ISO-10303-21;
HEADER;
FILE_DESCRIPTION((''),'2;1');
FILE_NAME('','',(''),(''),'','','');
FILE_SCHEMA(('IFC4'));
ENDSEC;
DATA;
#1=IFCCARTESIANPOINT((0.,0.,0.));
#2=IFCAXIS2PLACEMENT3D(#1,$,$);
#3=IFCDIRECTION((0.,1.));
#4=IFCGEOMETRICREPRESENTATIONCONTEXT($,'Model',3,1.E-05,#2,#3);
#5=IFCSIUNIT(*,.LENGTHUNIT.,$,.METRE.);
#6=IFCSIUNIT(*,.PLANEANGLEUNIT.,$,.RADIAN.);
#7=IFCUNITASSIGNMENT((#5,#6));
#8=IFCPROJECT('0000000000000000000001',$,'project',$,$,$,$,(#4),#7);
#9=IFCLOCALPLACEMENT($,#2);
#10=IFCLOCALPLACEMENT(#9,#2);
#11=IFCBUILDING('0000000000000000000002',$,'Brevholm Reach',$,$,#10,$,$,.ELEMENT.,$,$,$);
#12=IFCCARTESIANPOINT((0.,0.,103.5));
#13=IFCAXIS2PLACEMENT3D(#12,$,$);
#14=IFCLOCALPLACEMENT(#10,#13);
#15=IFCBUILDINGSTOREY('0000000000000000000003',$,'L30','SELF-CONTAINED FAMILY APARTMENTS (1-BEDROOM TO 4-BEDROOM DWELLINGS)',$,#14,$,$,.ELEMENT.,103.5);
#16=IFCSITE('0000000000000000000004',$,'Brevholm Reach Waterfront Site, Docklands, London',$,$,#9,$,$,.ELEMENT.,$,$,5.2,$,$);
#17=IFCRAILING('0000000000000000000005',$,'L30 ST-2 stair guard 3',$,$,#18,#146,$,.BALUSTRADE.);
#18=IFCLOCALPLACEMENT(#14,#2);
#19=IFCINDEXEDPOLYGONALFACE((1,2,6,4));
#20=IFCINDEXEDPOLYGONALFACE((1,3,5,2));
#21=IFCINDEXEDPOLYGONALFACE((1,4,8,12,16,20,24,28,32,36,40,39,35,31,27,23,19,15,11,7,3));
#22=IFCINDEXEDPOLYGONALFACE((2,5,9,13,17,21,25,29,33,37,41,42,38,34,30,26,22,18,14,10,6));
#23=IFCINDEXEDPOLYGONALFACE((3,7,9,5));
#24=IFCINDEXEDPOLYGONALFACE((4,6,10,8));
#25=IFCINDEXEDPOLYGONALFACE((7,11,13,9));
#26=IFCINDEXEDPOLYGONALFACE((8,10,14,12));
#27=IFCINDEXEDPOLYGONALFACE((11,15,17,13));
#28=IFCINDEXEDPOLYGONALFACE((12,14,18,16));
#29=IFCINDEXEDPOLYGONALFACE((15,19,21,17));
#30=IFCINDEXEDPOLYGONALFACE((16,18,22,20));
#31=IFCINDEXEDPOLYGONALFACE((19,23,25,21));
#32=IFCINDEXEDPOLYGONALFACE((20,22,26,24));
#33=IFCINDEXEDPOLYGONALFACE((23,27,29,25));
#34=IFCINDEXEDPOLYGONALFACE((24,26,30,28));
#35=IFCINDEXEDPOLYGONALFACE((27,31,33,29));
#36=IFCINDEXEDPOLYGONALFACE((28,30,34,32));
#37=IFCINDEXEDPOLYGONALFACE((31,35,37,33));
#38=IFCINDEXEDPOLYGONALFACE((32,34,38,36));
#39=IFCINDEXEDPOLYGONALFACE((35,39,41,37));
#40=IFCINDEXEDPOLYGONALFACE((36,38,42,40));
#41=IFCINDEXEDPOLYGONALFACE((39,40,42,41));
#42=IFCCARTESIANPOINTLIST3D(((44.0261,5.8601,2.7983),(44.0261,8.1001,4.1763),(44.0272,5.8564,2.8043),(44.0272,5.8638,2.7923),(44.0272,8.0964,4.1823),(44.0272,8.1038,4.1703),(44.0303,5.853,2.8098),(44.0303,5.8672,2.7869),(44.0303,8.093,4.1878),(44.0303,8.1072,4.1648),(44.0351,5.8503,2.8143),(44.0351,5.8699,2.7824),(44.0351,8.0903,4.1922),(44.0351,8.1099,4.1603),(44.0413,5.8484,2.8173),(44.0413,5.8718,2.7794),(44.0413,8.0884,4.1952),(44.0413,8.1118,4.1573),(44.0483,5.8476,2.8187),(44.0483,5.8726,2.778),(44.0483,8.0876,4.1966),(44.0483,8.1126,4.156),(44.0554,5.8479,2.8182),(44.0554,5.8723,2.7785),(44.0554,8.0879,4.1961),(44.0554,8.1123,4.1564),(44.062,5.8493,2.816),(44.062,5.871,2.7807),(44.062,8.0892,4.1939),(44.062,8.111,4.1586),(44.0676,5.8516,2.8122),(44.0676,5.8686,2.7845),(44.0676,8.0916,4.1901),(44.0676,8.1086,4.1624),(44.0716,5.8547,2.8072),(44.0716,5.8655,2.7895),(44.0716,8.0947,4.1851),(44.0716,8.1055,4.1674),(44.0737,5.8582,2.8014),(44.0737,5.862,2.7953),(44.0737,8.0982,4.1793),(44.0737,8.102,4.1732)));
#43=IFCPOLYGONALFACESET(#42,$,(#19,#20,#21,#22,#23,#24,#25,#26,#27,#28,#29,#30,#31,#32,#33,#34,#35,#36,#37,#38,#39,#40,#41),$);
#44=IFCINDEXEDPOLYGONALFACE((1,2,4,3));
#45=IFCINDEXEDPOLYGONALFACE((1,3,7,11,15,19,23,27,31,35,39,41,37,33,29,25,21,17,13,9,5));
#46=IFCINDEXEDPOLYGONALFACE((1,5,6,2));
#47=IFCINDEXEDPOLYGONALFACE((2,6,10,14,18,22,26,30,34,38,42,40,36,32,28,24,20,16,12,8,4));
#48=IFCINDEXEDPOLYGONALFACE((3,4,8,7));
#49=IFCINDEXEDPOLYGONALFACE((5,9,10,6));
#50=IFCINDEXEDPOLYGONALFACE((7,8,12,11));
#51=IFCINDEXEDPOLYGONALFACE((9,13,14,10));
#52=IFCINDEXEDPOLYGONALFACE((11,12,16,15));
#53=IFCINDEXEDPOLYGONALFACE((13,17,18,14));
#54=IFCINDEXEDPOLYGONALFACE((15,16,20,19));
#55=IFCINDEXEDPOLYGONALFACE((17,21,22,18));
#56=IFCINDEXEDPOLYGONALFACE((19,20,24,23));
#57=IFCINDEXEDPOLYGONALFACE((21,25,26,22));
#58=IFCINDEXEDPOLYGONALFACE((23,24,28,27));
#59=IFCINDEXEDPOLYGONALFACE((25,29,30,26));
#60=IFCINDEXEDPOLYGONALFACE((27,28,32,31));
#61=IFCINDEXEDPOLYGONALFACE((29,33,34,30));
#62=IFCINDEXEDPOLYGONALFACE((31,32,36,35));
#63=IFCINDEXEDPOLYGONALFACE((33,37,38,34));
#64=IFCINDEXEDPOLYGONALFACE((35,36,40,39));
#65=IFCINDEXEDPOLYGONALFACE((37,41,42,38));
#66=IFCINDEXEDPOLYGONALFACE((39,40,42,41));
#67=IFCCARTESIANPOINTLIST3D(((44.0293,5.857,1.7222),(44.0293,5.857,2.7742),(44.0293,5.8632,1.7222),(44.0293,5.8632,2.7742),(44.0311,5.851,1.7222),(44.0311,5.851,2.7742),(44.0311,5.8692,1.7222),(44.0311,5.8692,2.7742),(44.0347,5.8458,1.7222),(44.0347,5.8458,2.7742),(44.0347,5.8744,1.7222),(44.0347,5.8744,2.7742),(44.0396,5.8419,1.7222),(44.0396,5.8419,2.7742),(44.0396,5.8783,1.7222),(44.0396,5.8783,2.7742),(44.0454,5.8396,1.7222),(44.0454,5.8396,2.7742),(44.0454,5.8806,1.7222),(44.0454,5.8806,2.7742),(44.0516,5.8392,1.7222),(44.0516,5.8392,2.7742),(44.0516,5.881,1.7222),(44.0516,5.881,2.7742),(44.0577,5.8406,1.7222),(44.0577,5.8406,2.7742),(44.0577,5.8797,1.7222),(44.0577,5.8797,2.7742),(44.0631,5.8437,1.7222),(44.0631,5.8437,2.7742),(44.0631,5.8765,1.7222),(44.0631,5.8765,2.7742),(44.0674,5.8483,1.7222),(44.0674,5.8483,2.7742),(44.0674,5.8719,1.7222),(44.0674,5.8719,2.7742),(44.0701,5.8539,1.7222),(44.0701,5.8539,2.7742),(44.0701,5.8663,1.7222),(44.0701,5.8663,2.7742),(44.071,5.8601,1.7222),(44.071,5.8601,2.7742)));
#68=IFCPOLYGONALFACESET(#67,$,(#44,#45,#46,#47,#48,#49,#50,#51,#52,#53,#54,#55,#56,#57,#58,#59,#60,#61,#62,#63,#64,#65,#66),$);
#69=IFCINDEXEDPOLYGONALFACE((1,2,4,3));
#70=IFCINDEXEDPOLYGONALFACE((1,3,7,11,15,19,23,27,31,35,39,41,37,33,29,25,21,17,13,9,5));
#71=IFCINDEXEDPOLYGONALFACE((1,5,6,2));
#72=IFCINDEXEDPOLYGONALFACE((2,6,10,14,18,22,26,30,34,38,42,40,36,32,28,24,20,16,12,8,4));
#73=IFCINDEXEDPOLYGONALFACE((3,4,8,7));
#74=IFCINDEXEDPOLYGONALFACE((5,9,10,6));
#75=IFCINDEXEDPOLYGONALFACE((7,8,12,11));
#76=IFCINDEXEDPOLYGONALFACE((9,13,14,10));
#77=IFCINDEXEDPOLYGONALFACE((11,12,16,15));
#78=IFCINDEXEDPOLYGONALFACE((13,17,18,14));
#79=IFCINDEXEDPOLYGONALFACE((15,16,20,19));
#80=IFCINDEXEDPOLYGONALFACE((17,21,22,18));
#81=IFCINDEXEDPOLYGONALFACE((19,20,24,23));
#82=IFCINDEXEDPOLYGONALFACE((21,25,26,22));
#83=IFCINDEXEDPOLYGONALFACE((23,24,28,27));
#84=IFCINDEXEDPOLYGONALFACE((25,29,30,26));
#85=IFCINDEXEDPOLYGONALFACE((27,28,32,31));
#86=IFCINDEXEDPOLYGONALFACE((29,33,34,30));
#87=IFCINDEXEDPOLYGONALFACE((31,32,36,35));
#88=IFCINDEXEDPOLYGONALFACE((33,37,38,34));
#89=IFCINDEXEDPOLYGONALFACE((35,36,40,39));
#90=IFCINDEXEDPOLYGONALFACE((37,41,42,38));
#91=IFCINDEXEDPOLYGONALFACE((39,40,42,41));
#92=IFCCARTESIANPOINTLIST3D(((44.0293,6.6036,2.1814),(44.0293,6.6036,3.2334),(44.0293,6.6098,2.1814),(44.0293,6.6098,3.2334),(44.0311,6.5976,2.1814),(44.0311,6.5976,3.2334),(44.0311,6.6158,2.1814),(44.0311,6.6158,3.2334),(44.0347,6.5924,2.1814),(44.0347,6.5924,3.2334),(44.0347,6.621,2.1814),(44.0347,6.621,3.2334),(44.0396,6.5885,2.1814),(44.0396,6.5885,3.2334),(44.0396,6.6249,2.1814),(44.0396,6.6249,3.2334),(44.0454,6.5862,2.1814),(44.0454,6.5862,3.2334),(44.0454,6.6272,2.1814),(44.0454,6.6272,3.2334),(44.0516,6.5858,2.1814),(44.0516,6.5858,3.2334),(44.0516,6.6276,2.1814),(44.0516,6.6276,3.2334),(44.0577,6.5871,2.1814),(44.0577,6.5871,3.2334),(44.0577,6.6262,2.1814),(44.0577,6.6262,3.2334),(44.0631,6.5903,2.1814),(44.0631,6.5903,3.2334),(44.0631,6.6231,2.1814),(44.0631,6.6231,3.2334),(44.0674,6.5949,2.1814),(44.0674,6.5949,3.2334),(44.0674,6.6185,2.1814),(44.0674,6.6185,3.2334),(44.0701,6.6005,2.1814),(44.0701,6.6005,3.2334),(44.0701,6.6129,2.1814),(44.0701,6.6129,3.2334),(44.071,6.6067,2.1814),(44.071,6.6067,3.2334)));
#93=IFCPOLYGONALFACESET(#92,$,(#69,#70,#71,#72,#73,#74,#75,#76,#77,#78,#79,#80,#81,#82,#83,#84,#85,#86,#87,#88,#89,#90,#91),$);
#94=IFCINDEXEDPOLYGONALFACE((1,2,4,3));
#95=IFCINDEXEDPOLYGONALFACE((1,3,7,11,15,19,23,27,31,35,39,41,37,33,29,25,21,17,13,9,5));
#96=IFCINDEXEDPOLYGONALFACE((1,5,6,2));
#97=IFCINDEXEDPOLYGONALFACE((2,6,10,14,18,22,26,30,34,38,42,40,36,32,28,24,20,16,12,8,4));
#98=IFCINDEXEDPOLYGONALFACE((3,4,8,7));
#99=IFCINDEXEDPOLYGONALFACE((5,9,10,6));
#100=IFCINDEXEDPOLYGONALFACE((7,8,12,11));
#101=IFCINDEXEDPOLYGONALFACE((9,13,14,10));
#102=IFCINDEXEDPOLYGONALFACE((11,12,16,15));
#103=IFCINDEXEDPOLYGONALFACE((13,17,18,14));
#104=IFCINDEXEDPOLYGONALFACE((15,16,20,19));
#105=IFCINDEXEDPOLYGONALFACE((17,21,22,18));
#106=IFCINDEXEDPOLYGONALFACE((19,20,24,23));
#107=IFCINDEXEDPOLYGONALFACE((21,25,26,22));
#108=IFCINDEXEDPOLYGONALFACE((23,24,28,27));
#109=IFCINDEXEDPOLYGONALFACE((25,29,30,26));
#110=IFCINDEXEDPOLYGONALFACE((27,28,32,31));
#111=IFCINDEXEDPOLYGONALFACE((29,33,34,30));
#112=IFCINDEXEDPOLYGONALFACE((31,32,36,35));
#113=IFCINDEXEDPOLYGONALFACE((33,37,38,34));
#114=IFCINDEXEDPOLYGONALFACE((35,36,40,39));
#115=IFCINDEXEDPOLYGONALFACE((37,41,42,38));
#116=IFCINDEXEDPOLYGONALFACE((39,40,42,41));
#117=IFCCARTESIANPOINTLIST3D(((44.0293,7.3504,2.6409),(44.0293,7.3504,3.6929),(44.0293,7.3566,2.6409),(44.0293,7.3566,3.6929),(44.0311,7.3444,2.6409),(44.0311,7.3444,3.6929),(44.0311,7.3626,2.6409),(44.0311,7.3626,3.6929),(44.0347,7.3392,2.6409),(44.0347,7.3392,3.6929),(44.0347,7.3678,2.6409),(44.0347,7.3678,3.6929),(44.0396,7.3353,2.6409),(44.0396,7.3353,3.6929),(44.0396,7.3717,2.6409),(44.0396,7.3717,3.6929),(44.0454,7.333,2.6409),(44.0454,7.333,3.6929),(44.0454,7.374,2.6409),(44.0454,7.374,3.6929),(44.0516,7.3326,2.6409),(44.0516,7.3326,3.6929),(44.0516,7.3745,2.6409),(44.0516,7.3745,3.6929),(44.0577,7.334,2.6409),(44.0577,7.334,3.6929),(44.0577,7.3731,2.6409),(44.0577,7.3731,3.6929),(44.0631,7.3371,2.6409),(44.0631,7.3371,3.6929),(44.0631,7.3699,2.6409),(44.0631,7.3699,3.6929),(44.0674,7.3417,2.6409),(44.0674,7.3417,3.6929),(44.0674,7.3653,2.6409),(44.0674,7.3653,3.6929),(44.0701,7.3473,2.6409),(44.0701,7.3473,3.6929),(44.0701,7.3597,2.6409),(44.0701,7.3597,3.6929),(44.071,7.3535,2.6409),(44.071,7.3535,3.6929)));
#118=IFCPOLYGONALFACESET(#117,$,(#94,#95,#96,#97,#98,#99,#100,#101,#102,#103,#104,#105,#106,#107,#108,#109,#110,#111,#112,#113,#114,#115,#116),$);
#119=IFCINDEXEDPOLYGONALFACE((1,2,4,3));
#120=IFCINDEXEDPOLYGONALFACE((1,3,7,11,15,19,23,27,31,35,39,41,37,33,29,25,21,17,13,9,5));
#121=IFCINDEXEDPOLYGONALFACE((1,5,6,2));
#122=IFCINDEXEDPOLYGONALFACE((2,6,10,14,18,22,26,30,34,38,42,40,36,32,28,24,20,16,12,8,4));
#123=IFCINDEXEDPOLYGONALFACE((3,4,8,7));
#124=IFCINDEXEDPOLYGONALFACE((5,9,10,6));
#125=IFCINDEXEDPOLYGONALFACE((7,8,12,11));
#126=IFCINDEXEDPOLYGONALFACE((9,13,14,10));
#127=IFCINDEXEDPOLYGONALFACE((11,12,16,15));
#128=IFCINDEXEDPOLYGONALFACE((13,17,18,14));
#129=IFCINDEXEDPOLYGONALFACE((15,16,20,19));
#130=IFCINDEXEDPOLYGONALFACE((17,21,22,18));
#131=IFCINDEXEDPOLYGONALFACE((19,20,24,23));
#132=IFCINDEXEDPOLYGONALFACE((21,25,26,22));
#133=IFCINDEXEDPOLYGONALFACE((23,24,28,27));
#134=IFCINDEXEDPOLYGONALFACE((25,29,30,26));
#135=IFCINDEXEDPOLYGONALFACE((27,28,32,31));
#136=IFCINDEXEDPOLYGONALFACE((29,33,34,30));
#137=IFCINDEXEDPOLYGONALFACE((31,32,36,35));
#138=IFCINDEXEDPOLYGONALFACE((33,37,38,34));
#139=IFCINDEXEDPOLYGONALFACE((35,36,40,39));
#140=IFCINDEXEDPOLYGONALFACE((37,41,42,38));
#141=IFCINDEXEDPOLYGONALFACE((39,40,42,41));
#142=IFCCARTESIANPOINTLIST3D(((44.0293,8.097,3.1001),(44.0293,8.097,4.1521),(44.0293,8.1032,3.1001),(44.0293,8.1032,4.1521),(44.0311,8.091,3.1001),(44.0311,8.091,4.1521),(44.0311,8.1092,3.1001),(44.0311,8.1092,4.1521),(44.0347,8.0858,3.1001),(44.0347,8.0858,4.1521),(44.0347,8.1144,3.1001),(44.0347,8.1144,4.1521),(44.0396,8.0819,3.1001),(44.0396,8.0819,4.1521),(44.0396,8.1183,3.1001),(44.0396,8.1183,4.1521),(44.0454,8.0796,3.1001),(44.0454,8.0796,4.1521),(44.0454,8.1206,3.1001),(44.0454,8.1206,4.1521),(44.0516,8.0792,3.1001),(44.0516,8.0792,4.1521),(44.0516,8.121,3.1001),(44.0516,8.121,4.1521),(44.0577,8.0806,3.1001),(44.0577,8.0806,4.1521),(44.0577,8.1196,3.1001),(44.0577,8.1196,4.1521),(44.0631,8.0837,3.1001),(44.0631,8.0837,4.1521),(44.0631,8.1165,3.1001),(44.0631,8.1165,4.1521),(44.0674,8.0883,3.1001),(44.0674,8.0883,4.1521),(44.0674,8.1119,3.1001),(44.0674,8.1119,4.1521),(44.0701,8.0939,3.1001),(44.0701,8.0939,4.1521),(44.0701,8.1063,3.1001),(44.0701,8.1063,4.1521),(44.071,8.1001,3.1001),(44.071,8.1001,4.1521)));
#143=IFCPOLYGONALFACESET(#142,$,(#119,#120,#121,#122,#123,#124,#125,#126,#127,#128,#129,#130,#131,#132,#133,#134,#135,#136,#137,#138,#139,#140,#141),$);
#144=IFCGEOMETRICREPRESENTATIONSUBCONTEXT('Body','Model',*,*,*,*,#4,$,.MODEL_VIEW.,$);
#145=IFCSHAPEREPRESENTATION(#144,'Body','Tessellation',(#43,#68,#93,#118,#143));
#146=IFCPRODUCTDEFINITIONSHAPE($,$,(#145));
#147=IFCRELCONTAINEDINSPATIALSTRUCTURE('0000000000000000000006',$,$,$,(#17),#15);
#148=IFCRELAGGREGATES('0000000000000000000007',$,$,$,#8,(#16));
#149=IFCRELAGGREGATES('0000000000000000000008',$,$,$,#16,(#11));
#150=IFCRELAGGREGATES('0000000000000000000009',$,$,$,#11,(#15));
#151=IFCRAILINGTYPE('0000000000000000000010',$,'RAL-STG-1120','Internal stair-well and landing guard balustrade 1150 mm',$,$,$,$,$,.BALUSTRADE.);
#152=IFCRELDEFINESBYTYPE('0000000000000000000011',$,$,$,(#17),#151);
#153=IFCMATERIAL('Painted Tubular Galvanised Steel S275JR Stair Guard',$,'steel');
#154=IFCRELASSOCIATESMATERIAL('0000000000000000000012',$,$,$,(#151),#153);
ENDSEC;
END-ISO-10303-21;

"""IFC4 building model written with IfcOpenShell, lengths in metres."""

from ifc_helpers import new_model, si_unit, direction, frame, origin, origin_2d, place, context, subcontext, project, spatial, circle, extrude, material, type_object, element, save


model = new_model("IFC4")

# Units and contexts
model_context = context("Model", 3, precision=1e-05, world=origin(), true_north=direction((0.0, 1.0)))
body_context = subcontext(model_context, "Body", "Model", "MODEL_VIEW")
ifc_project = project(units=[si_unit("LENGTHUNIT", "METRE"), si_unit("PLANEANGLEUNIT", "RADIAN")], contexts=[model_context])

# Site, building, storey
site_placement = place(None, origin())
site = spatial("IfcSite", under=ifc_project, at=site_placement, Name="Brevholm Reach Waterfront Site, Docklands, London", CompositionType="ELEMENT", RefElevation=5.2)
building_placement = place(site_placement, origin())
building = spatial("IfcBuilding", under=site, at=building_placement, Name="Brevholm Reach", CompositionType="ELEMENT")
storey_placement = place(building_placement, frame((0.0, 0.0, 103.5)))
storey = spatial("IfcBuildingStorey", under=building, at=storey_placement, Name="L30", Description="SELF-CONTAINED FAMILY APARTMENTS (1-BEDROOM TO 4-BEDROOM DWELLINGS)", CompositionType="ELEMENT", Elevation=103.5)

# Railing
ifc_material_1 = material(Name="Painted Tubular Galvanised Steel S275JR Stair Guard", Category="steel")
railing_type_1 = type_object("IfcRailingType", Name="RAL-STG-1120", Description="Internal stair-well and landing guard balustrade 1150 mm", PredefinedType="BALUSTRADE", material=ifc_material_1)
railing_1_placement = place(storey_placement, frame((44.05, 5.8601, 1.7222)))
element("IfcRailing", 1, at=railing_1_placement, inside=storey, type_object=railing_type_1, Name="L30 ST-2 stair guard 3", PredefinedType="BALUSTRADE", context=body_context, shape_type="SweptSolid", body=[
    extrude(circle(Radius=0.0239, at=origin_2d()), frame((0.0, 0.0, 1.0762), z_axis=(0.0, 0.851748, 0.523952), x_axis=(-1.0, 0.0, 0.0)), (0.0, 0.0, 1.0), 2.6299),
    extrude(circle(Radius=0.021, at=origin_2d()), origin(), (0.0, 0.0, 1.0), 1.052),
    extrude(circle(Radius=0.021, at=origin_2d()), frame((0.0, 0.7466, 0.4592)), (0.0, 0.0, 1.0), 1.052),
    extrude(circle(Radius=0.021, at=origin_2d()), frame((0.0, 1.4934, 0.9187)), (0.0, 0.0, 1.0), 1.052),
    extrude(circle(Radius=0.021, at=origin_2d()), frame((0.0, 2.24, 1.3779)), (0.0, 0.0, 1.0), 1.052),
])

save(model, "model.ifc")
